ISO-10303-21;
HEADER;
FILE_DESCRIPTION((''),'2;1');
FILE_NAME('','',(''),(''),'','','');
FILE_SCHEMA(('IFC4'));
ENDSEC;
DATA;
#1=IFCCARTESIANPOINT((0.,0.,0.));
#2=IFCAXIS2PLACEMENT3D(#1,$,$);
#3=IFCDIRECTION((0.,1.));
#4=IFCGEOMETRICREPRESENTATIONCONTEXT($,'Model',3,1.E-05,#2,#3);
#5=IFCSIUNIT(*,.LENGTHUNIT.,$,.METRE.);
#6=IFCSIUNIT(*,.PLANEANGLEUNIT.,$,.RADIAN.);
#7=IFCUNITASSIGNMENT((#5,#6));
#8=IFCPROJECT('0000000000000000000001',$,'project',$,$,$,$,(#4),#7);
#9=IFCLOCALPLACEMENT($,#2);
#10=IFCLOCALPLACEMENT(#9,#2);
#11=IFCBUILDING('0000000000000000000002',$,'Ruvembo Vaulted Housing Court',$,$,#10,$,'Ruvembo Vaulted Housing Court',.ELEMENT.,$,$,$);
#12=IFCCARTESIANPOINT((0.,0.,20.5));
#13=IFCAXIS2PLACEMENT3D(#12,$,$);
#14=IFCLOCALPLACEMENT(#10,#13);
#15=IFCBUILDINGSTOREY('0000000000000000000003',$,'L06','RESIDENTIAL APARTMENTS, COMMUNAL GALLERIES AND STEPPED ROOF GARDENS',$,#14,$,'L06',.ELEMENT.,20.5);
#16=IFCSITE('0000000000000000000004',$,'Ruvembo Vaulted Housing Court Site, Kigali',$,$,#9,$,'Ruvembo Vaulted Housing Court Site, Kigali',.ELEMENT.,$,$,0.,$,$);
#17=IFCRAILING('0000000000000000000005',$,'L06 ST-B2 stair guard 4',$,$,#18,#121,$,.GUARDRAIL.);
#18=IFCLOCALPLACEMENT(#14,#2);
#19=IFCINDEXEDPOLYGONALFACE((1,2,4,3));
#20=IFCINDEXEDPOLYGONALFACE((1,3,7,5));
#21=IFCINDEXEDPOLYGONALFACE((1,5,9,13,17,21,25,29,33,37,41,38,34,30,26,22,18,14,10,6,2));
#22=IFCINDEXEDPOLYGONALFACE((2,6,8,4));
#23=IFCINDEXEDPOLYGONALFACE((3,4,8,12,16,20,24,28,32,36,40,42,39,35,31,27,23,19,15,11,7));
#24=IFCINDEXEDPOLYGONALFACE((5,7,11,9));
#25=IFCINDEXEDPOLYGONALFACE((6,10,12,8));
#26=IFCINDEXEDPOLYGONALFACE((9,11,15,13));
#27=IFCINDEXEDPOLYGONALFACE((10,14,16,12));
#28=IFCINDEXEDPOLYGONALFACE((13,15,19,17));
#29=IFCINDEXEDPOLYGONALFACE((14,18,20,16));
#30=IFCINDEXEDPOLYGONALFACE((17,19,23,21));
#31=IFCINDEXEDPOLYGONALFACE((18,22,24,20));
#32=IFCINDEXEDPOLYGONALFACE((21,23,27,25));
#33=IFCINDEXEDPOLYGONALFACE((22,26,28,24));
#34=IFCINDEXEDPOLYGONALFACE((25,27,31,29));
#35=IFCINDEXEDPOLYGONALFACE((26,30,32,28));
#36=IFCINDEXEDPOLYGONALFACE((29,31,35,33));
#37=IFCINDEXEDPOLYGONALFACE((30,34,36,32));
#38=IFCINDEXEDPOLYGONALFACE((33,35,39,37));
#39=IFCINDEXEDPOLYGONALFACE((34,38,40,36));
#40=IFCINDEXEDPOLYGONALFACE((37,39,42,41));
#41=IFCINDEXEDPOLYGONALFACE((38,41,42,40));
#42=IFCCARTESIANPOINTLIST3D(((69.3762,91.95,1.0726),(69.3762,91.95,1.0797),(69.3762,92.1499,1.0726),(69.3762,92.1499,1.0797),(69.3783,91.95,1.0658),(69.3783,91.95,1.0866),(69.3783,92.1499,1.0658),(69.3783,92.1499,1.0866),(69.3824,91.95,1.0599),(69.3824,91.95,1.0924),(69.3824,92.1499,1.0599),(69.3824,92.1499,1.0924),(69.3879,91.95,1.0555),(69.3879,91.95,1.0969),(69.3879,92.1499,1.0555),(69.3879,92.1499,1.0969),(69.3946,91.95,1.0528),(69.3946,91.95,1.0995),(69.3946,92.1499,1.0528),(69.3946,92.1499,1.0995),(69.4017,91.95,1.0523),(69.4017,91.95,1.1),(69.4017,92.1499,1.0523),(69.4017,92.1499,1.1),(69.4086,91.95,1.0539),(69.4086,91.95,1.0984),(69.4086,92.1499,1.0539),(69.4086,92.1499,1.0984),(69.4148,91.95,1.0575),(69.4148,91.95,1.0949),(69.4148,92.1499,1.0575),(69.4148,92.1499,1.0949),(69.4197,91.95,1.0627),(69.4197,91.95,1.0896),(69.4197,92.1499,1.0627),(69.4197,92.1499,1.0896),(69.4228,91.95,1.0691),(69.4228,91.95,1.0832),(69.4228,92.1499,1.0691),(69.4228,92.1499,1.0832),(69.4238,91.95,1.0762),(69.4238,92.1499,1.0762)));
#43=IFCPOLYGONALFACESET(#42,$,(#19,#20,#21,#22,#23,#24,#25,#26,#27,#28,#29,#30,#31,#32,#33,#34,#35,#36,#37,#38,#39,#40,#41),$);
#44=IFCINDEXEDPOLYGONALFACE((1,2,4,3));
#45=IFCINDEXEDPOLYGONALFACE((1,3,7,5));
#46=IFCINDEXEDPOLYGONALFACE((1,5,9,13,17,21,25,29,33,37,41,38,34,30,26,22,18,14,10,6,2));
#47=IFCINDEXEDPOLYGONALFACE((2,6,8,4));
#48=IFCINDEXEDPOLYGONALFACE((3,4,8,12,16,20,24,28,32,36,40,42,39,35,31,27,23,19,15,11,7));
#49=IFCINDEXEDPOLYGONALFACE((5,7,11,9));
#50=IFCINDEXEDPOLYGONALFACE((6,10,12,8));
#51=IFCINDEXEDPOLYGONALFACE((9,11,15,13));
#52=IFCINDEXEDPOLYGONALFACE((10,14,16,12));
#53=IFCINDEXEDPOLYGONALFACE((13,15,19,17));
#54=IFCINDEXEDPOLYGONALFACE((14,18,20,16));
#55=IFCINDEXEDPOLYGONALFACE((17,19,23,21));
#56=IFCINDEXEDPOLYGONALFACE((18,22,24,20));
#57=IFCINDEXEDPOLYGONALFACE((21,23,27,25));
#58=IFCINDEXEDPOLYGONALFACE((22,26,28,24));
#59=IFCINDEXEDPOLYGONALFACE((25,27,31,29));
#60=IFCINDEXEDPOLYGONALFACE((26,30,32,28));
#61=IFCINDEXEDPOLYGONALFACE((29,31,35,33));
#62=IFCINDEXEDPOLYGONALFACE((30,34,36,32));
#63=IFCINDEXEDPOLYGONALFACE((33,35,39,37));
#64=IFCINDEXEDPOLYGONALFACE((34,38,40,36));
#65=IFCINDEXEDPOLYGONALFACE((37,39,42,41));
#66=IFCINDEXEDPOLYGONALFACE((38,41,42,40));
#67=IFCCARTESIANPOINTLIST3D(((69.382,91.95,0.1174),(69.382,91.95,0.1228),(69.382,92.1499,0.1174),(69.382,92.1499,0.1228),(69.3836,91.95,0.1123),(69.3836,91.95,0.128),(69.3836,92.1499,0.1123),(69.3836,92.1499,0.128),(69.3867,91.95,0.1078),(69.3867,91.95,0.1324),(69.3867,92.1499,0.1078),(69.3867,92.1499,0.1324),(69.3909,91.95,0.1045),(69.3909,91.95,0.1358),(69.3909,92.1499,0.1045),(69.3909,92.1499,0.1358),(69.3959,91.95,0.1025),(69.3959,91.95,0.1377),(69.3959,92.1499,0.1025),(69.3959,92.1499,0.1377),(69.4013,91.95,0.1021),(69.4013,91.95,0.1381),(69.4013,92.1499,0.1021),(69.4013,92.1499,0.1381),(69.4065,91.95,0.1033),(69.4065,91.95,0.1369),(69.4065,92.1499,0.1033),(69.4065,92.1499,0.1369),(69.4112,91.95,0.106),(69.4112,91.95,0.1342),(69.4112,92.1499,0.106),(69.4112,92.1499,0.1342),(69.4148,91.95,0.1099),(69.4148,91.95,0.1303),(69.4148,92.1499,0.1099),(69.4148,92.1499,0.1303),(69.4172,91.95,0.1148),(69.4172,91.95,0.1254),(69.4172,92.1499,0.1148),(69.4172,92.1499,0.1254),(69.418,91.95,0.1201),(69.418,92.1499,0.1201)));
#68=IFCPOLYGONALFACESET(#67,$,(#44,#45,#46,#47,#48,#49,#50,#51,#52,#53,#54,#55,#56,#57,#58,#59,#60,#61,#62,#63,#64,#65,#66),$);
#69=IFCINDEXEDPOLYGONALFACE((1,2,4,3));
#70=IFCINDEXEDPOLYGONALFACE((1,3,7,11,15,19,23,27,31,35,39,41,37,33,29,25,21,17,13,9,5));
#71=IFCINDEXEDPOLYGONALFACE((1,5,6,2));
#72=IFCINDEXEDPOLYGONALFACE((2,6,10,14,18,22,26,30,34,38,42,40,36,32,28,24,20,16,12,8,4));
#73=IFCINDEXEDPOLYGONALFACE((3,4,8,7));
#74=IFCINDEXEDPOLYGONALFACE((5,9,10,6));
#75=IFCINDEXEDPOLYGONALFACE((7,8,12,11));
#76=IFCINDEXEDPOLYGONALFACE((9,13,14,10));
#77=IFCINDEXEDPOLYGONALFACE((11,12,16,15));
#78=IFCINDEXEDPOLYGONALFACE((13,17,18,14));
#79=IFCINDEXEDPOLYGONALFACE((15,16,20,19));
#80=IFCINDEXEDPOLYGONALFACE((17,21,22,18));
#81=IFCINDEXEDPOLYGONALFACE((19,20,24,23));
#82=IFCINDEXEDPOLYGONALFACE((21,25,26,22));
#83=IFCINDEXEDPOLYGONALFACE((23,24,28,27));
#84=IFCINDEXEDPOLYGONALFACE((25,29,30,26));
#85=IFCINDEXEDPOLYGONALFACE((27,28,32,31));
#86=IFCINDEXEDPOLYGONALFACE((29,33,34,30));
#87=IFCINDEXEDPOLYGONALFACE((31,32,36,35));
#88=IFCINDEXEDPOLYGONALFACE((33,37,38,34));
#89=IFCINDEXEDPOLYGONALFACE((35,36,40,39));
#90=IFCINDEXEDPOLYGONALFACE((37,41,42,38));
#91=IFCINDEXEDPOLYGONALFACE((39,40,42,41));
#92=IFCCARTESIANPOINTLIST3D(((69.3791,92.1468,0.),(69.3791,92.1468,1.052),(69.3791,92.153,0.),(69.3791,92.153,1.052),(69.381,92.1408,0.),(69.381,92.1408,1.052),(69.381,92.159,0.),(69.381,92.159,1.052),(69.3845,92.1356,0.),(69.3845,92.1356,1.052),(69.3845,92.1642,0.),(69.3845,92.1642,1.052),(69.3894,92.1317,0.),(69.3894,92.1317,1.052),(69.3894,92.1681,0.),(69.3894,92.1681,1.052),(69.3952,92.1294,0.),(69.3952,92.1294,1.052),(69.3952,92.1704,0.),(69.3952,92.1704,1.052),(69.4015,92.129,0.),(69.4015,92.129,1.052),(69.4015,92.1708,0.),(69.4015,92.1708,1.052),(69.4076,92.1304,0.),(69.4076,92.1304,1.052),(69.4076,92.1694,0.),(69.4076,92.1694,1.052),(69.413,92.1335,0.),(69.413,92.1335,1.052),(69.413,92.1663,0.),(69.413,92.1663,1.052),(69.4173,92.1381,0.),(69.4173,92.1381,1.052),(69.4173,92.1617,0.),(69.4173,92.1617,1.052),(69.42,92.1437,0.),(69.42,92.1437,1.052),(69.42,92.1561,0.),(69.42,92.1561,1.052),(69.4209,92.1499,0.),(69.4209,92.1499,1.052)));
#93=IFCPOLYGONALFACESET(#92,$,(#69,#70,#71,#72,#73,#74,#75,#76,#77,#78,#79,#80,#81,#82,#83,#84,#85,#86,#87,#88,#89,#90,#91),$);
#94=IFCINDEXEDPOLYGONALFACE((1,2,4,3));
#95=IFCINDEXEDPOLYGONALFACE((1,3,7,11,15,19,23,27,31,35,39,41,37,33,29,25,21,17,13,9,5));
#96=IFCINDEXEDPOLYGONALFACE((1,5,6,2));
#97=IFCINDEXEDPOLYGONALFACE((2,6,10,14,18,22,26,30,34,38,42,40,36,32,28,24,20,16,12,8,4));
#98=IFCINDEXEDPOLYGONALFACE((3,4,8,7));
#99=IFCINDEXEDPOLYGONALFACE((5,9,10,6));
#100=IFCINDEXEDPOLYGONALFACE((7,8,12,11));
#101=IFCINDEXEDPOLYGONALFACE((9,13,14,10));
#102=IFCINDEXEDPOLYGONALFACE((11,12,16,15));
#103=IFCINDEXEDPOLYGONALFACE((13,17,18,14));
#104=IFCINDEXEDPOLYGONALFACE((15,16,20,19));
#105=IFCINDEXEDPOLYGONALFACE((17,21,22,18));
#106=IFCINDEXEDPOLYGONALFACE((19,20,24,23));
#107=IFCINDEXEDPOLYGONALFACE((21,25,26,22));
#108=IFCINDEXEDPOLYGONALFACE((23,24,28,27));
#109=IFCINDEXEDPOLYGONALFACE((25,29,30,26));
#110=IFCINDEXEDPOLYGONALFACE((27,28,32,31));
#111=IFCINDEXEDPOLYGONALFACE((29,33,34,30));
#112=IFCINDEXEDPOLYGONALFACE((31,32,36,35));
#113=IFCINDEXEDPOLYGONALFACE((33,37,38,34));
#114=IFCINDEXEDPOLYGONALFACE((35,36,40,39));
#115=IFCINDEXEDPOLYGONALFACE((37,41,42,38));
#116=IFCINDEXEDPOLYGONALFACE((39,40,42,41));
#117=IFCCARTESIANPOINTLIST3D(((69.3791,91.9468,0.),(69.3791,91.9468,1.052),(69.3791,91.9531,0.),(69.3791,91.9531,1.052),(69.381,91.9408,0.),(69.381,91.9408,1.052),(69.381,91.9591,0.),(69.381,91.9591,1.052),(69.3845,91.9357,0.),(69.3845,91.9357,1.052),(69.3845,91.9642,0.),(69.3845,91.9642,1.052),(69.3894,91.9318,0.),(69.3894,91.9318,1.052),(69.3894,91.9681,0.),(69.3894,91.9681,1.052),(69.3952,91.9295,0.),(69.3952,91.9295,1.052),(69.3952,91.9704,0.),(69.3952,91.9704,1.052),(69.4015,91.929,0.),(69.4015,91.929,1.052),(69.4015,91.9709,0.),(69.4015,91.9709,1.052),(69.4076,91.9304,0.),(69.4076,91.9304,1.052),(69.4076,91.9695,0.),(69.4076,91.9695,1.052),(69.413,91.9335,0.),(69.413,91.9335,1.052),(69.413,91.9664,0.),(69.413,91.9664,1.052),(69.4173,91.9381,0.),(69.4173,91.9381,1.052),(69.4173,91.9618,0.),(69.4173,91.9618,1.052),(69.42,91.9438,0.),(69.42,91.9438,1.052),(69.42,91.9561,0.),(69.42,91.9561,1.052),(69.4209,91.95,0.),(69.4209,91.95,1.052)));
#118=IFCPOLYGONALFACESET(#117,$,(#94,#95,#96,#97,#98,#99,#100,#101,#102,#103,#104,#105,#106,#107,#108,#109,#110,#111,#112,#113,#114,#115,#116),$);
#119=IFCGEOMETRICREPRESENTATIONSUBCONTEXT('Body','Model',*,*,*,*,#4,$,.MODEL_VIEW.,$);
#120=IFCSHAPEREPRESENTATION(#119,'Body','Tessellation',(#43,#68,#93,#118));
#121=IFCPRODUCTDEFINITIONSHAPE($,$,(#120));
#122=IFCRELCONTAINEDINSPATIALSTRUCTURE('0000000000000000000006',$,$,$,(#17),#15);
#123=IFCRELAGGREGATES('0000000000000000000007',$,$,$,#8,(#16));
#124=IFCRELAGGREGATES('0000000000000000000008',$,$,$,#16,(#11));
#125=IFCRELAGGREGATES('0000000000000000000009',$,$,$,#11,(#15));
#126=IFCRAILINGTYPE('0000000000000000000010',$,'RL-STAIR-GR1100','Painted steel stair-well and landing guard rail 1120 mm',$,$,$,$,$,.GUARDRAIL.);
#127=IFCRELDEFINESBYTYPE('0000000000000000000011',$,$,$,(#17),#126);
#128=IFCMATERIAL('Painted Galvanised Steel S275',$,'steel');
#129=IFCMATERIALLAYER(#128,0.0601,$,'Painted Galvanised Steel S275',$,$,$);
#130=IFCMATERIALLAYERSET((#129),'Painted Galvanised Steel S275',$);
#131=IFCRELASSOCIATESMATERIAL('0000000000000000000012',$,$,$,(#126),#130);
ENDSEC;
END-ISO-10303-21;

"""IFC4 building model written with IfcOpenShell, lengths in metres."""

from ifc_helpers import new_model, si_unit, direction, frame, origin, origin_2d, place, context, subcontext, project, spatial, circle, extrude, material, layer, layer_set, type_object, element, save


model = new_model("IFC4")

# Units and contexts
model_context = context("Model", 3, precision=1e-05, world=origin(), true_north=direction((0.0, 1.0)))
body_context = subcontext(model_context, "Body", "Model", "MODEL_VIEW")
ifc_project = project(units=[si_unit("LENGTHUNIT", "METRE"), si_unit("PLANEANGLEUNIT", "RADIAN")], contexts=[model_context])

# Site, building, storey
site_placement = place(None, origin())
site = spatial("IfcSite", under=ifc_project, at=site_placement, Name="Ruvembo Vaulted Housing Court Site, Kigali", LongName="Ruvembo Vaulted Housing Court Site, Kigali", CompositionType="ELEMENT", RefElevation=0.0)
building_placement = place(site_placement, origin())
building = spatial("IfcBuilding", under=site, at=building_placement, Name="Ruvembo Vaulted Housing Court", LongName="Ruvembo Vaulted Housing Court", CompositionType="ELEMENT")
storey_placement = place(building_placement, frame((0.0, 0.0, 20.5)))
storey = spatial("IfcBuildingStorey", under=building, at=storey_placement, Name="L06", Description="RESIDENTIAL APARTMENTS, COMMUNAL GALLERIES AND STEPPED ROOF GARDENS", LongName="L06", CompositionType="ELEMENT", Elevation=20.5)

# Railing
ifc_material_1 = material(Name="Painted Galvanised Steel S275", Category="steel")
ifc_layer_1 = layer(ifc_material_1, 0.0601, Name="Painted Galvanised Steel S275")
ifc_layer_set_1 = layer_set([ifc_layer_1], Name="Painted Galvanised Steel S275")
railing_type_1 = type_object("IfcRailingType", Name="RL-STAIR-GR1100", Description="Painted steel stair-well and landing guard rail 1120 mm", PredefinedType="GUARDRAIL", material=ifc_layer_set_1)
railing_1_placement = place(storey_placement, frame((69.3999, 92.1499, 0.0)))
element("IfcRailing", 1, at=railing_1_placement, inside=storey, type_object=railing_type_1, Name="L06 ST-B2 stair guard 4", PredefinedType="GUARDRAIL", context=body_context, shape_type="SweptSolid", body=[
    extrude(circle(Radius=0.0239, at=origin_2d()), frame((0.0, 0.0, 1.0762), z_axis=(0.0, -1.0, 0.0), x_axis=(1.0, 0.0, 0.0)), (0.0, 0.0, 1.0), 0.2),
    extrude(circle(Radius=0.0181, at=origin_2d()), frame((0.0, 0.0, 0.1201), z_axis=(0.0, -1.0, 0.0), x_axis=(1.0, 0.0, 0.0)), (0.0, 0.0, 1.0), 0.2),
    extrude(circle(Radius=0.021, at=origin_2d()), origin(), (0.0, 0.0, 1.0), 1.052),
    extrude(circle(Radius=0.021, at=origin_2d()), frame((0.0, -0.2, 0.0)), (0.0, 0.0, 1.0), 1.052),
])

save(model, "model.ifc")
